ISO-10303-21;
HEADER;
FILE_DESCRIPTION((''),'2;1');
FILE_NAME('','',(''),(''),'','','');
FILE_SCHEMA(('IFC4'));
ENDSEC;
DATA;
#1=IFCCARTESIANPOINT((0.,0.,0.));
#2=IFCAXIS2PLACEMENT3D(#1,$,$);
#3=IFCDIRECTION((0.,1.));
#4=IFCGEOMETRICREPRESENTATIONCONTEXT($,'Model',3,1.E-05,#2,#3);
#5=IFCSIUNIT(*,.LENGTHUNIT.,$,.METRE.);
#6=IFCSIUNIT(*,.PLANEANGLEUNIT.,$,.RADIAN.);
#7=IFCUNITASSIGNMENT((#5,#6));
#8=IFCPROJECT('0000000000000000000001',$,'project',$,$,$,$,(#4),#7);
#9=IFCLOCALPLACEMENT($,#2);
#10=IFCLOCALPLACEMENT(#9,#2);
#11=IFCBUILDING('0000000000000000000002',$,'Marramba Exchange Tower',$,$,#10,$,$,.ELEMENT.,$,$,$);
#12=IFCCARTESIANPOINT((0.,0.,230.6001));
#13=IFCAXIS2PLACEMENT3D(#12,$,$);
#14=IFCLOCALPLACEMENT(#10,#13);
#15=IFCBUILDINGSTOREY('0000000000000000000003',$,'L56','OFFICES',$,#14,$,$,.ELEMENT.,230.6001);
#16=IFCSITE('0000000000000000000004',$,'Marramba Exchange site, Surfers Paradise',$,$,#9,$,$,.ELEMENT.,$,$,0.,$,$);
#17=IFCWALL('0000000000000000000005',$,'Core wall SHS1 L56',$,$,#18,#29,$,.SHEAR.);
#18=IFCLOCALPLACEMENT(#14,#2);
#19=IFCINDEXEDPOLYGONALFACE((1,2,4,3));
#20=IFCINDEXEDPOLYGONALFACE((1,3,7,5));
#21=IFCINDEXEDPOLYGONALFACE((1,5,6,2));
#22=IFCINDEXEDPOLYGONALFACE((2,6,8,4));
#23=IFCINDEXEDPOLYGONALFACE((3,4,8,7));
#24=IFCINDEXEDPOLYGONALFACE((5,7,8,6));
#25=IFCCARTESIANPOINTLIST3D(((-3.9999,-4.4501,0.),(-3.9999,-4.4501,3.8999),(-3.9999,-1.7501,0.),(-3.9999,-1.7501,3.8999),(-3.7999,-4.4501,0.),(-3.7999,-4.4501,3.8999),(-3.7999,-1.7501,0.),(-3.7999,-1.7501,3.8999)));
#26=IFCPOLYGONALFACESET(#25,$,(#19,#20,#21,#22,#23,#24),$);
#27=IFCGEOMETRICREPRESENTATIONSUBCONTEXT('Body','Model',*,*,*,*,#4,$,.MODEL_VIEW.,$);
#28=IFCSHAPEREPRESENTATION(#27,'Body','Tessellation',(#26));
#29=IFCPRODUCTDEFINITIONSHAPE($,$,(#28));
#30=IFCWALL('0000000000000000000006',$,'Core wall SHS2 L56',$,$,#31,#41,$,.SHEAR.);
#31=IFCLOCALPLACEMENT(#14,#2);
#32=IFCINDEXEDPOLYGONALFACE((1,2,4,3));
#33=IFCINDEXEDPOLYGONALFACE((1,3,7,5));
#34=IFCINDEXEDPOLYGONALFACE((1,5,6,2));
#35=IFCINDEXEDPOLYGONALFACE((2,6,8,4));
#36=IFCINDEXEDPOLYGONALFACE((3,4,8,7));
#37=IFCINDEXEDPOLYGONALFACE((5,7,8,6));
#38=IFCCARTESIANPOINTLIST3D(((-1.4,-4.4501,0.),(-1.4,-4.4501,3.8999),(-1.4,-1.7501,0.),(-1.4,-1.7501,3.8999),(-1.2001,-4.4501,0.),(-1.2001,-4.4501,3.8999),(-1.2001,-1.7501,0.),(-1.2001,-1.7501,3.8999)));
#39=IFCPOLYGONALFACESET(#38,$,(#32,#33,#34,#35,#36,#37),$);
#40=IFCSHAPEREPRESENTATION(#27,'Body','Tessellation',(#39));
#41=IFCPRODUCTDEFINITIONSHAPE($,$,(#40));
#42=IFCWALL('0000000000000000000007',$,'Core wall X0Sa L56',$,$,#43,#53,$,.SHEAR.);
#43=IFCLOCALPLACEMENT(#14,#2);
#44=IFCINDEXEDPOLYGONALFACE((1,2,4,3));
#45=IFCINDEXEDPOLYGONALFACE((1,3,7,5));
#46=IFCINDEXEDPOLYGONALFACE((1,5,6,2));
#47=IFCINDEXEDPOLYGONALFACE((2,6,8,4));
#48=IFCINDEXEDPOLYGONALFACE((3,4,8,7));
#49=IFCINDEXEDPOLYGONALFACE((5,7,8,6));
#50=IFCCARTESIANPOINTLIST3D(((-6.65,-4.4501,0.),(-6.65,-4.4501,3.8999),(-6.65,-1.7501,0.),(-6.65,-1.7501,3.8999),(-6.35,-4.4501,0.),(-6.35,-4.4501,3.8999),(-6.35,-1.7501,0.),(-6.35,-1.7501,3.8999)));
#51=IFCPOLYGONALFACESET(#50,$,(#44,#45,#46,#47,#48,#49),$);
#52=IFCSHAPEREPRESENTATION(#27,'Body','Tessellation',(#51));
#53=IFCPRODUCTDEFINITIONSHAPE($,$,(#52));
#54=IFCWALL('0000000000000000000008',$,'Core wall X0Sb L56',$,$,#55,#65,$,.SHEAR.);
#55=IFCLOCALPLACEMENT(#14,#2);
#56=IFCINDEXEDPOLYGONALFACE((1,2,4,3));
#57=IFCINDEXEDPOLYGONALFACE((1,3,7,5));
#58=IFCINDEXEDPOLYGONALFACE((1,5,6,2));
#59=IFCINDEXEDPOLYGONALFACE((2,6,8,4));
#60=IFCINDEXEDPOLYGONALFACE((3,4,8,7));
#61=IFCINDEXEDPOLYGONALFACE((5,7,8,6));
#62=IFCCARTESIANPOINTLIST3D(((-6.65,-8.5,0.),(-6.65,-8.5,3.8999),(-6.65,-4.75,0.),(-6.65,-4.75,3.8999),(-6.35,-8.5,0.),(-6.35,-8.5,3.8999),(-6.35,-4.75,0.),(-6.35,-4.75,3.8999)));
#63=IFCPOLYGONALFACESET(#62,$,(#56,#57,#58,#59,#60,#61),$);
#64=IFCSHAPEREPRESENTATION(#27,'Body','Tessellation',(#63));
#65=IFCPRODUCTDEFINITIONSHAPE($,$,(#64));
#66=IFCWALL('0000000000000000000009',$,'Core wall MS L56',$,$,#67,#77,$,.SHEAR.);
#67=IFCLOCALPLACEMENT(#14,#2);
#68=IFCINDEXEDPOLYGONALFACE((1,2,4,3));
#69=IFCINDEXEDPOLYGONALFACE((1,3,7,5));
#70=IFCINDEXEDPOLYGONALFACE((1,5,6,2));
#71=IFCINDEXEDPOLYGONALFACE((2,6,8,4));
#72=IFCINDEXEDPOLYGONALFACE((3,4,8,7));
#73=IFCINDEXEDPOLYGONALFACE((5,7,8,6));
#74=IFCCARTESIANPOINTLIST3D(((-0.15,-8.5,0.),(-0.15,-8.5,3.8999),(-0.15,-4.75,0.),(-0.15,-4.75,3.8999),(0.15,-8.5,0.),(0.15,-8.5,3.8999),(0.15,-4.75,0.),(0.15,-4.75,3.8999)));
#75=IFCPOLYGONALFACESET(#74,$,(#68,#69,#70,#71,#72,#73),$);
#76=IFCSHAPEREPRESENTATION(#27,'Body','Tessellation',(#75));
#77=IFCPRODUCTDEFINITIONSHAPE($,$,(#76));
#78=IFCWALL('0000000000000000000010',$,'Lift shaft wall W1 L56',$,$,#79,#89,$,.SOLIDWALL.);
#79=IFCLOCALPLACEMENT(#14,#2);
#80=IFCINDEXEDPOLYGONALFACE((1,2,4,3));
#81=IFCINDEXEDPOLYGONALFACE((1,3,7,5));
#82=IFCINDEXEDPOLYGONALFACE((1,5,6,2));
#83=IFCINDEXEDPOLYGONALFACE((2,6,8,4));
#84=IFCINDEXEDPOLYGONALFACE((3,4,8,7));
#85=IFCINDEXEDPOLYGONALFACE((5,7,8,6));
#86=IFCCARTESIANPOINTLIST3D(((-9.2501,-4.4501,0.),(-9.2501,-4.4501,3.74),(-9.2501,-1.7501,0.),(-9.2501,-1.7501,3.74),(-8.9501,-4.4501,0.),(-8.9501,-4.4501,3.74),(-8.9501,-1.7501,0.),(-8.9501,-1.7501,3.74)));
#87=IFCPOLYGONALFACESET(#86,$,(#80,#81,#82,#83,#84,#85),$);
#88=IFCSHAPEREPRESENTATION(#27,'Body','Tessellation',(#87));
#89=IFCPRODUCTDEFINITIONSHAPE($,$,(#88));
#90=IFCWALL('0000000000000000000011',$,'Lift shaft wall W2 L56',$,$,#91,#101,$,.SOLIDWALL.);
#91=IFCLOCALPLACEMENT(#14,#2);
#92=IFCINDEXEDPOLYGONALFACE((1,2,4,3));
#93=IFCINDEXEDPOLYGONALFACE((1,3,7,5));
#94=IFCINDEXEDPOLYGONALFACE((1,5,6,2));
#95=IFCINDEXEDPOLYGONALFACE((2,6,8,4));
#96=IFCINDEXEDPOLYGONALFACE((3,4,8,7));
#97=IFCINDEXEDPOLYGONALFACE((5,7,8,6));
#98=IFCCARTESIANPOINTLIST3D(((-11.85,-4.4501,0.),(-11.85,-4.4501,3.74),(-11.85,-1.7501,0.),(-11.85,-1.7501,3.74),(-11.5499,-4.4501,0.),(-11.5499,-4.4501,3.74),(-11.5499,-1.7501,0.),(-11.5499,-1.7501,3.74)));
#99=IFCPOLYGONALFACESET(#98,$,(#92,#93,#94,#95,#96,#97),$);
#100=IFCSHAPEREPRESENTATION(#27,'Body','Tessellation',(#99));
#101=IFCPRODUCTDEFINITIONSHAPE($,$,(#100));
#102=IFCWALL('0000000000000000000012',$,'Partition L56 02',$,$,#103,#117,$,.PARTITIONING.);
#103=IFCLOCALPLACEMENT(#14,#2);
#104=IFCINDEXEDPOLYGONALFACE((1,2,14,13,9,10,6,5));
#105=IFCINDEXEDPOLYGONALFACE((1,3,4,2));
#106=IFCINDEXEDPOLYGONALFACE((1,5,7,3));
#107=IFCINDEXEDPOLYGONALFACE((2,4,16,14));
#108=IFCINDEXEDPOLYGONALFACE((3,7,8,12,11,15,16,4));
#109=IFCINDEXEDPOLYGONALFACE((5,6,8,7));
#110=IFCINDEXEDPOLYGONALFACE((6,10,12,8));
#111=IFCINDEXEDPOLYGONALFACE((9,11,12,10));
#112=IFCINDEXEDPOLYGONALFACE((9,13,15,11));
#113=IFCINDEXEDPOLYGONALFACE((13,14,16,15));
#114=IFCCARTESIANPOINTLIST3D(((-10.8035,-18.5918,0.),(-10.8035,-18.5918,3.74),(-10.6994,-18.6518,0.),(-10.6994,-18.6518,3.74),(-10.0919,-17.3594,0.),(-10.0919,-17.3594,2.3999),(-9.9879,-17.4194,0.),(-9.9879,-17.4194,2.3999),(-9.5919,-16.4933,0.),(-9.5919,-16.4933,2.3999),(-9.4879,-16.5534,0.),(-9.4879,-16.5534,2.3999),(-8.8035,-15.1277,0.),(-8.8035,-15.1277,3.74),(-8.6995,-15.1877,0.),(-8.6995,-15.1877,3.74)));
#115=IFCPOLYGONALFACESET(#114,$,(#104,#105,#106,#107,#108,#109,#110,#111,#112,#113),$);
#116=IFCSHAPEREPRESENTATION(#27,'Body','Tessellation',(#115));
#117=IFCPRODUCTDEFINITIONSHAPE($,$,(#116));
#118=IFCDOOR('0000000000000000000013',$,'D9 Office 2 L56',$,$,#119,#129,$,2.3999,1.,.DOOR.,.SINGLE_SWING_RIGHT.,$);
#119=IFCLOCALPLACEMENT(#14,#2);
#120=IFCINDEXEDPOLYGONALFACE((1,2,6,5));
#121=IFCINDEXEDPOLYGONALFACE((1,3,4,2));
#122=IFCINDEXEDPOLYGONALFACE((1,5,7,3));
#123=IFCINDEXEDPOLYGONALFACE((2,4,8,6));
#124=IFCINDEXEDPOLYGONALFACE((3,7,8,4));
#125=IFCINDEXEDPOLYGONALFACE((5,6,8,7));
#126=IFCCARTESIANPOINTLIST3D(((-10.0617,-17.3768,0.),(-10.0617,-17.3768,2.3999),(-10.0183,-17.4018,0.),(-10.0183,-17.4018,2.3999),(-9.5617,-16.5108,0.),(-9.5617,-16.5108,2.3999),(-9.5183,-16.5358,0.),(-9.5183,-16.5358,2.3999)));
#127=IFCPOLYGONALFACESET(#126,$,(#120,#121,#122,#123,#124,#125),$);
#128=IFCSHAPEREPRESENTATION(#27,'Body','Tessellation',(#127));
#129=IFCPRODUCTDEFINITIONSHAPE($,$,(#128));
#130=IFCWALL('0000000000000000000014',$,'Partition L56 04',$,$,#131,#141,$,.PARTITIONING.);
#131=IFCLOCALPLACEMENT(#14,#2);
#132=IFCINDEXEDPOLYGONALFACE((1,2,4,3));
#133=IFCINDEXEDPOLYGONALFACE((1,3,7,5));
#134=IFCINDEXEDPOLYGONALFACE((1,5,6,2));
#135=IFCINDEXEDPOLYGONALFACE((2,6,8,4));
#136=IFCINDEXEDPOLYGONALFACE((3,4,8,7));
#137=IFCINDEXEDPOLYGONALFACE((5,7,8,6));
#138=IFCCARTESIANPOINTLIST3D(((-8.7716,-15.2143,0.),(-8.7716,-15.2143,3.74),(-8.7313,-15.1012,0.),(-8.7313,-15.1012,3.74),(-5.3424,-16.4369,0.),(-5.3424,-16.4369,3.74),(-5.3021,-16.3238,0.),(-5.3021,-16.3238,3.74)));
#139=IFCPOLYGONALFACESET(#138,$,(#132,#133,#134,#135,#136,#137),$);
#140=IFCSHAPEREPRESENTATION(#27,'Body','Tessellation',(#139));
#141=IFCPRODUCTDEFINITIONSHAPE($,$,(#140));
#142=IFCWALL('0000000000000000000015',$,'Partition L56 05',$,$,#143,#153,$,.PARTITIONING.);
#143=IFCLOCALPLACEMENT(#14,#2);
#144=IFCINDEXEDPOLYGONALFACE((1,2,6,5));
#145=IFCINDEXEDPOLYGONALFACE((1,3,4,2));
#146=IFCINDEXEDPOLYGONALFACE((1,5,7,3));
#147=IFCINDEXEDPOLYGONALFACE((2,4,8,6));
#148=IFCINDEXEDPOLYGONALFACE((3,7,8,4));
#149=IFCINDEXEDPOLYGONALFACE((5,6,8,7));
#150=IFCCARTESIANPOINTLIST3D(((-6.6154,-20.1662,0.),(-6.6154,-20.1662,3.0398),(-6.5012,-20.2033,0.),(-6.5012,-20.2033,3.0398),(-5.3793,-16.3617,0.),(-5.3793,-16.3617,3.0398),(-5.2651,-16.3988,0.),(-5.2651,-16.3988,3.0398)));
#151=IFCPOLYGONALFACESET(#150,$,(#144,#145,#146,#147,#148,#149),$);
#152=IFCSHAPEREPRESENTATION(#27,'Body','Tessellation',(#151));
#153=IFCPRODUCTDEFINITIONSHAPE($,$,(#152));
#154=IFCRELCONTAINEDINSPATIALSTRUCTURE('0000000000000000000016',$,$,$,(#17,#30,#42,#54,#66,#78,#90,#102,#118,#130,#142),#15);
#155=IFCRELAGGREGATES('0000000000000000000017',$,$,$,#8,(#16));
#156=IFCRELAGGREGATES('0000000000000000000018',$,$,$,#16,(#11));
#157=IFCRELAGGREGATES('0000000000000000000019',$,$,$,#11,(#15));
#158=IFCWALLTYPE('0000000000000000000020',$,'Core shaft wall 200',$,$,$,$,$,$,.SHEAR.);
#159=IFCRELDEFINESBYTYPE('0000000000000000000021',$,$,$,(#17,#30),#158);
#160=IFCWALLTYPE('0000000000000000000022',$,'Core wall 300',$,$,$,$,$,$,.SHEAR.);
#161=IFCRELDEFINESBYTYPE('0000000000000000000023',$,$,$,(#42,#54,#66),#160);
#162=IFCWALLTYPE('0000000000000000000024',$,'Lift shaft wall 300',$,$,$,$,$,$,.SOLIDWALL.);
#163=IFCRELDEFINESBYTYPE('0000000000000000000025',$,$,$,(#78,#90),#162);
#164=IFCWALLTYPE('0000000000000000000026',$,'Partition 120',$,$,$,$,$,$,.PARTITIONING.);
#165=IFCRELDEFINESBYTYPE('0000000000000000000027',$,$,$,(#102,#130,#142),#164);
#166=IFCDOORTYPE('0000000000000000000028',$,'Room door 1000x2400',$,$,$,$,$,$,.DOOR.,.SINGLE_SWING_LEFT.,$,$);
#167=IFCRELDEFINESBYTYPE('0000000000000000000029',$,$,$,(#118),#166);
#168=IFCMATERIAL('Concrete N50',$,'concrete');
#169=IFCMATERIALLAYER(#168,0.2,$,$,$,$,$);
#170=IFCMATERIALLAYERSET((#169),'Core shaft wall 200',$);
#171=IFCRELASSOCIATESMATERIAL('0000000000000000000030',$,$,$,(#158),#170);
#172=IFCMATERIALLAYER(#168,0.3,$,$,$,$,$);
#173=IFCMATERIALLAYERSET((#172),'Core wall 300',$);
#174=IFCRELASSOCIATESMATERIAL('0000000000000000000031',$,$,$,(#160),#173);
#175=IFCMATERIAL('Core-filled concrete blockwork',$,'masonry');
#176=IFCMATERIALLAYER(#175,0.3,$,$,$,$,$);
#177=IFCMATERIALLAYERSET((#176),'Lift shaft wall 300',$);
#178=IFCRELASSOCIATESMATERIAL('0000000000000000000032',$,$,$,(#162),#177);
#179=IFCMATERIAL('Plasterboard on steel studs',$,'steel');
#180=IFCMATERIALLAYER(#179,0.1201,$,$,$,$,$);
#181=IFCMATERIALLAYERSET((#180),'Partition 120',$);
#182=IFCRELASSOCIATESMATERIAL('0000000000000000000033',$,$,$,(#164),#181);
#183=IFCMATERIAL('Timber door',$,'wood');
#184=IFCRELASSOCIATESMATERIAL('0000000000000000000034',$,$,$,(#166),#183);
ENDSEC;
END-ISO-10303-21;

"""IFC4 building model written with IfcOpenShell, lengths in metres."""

from ifc_helpers import new_model, si_unit, direction, frame, frame_2d, origin, place, context, subcontext, project, spatial, rectangle, extrude, material, layer, layer_set, type_object, element, fill, save


model = new_model("IFC4")

# Units and contexts
model_context = context("Model", 3, precision=1e-05, world=origin(), true_north=direction((0.0, 1.0)))
body_context = subcontext(model_context, "Body", "Model", "MODEL_VIEW")
ifc_project = project(units=[si_unit("LENGTHUNIT", "METRE"), si_unit("PLANEANGLEUNIT", "RADIAN")], contexts=[model_context])

# Site, building, storey
site_placement = place(None, origin())
site = spatial("IfcSite", under=ifc_project, at=site_placement, Name="Marramba Exchange site, Surfers Paradise", CompositionType="ELEMENT", RefElevation=0.0)
building_placement = place(site_placement, origin())
building = spatial("IfcBuilding", under=site, at=building_placement, Name="Marramba Exchange Tower", CompositionType="ELEMENT")
storey_placement = place(building_placement, frame((0.0, 0.0, 230.6001)))
storey = spatial("IfcBuildingStorey", under=building, at=storey_placement, Name="L56", Description="OFFICES", CompositionType="ELEMENT", Elevation=230.6001)

# Shared definitions
ifc_material_1 = material(Name="Concrete N50", Category="concrete")

# Shared definitions
ifc_material_2 = material(Name="Timber door", Category="wood")

# Walls
ifc_layer_1 = layer(ifc_material_1, 0.2)
ifc_layer_set_1 = layer_set([ifc_layer_1], Name="Core shaft wall 200")
wall_type_1 = type_object("IfcWallType", Name="Core shaft wall 200", PredefinedType="SHEAR", material=ifc_layer_set_1)
for number, where, z_axis, x_axis, name in (
    (1, (-3.8999, -1.75, 0.0), (0.0, 0.0, 1.0), (0.0, -1.0, 0.0), "Core wall SHS1 L56"),
    (2, (-1.3, -1.75, 0.0), (0.0, 0.0, 1.0), (0.0, -1.0, 0.0), "Core wall SHS2 L56"),
):
    element("IfcWall", number, at=place(storey_placement, frame(where, z_axis=z_axis, x_axis=x_axis)), inside=storey, type_object=wall_type_1, Name=name, PredefinedType="SHEAR", context=body_context, shape_type="SweptSolid", body=[
        extrude(rectangle(XDim=2.7, YDim=0.2, at=frame_2d((1.3501, 0.0))), origin(), (0.0, 0.0, 1.0), 3.8999),
    ])
ifc_layer_2 = layer(ifc_material_1, 0.3)
ifc_layer_set_2 = layer_set([ifc_layer_2], Name="Core wall 300")
wall_type_2 = type_object("IfcWallType", Name="Core wall 300", PredefinedType="SHEAR", material=ifc_layer_set_2)
wall_1_placement = place(storey_placement, frame((-6.5, -1.75, 0.0), z_axis=(0.0, 0.0, 1.0), x_axis=(0.0, -1.0, 0.0)))
element("IfcWall", 3, at=wall_1_placement, inside=storey, type_object=wall_type_2, Name="Core wall X0Sa L56", PredefinedType="SHEAR", context=body_context, shape_type="SweptSolid", body=[
    extrude(rectangle(XDim=2.7, YDim=0.3, at=frame_2d((1.3501, 0.0))), origin(), (0.0, 0.0, 1.0), 3.8999),
])
for number, where, z_axis, x_axis, name in (
    (4, (-6.5, -4.75, 0.0), (0.0, 0.0, 1.0), (0.0, -1.0, 0.0), "Core wall X0Sb L56"),
    (5, (0.0, -4.75, 0.0), (0.0, 0.0, 1.0), (0.0, -1.0, 0.0), "Core wall MS L56"),
):
    element("IfcWall", number, at=place(storey_placement, frame(where, z_axis=z_axis, x_axis=x_axis)), inside=storey, type_object=wall_type_2, Name=name, PredefinedType="SHEAR", context=body_context, shape_type="SweptSolid", body=[
        extrude(rectangle(XDim=3.75, YDim=0.3, at=frame_2d((1.875, 0.0))), origin(), (0.0, 0.0, 1.0), 3.8999),
    ])
ifc_material_3 = material(Name="Core-filled concrete blockwork", Category="masonry")
ifc_layer_3 = layer(ifc_material_3, 0.3)
ifc_layer_set_3 = layer_set([ifc_layer_3], Name="Lift shaft wall 300")
wall_type_3 = type_object("IfcWallType", Name="Lift shaft wall 300", PredefinedType="SOLIDWALL", material=ifc_layer_set_3)
for number, where, z_axis, x_axis, name in (
    (6, (-9.1001, -1.75, 0.0), (0.0, 0.0, 1.0), (0.0, -1.0, 0.0), "Lift shaft wall W1 L56"),
    (7, (-11.7, -1.75, 0.0), (0.0, 0.0, 1.0), (0.0, -1.0, 0.0), "Lift shaft wall W2 L56"),
):
    element("IfcWall", number, at=place(storey_placement, frame(where, z_axis=z_axis, x_axis=x_axis)), inside=storey, type_object=wall_type_3, Name=name, PredefinedType="SOLIDWALL", context=body_context, shape_type="SweptSolid", body=[
        extrude(rectangle(XDim=2.7, YDim=0.3, at=frame_2d((1.3501, 0.0))), origin(), (0.0, 0.0, 1.0), 3.74),
    ])

# Wall, opening, door
ifc_material_4 = material(Name="Plasterboard on steel studs", Category="steel")
ifc_layer_4 = layer(ifc_material_4, 0.1201)
ifc_layer_set_4 = layer_set([ifc_layer_4], Name="Partition 120")
wall_type_4 = type_object("IfcWallType", Name="Partition 120", PredefinedType="PARTITIONING", material=ifc_layer_set_4)
wall_2_placement = place(storey_placement, frame((-8.7515, -15.1577, 0.0), z_axis=(0.0, 0.0, 1.0), x_axis=(-0.499999, -0.866026, 0.0)))
wall_2 = element("IfcWall", 8, at=wall_2_placement, inside=storey, type_object=wall_type_4, Name="Partition L56 02", PredefinedType="PARTITIONING", context=body_context, shape_type="SweptSolid", body=[
    extrude(rectangle(XDim=4.0, YDim=0.1201, at=frame_2d((2.0, 0.0))), origin(), (0.0, 0.0, 1.0), 3.74),
])
opening_1_placement = place(wall_2_placement, frame((1.5769, 0.0, 0.0)))
opening_1 = element("IfcOpeningElement", 9, at=opening_1_placement, cuts=wall_2, PredefinedType="OPENING", context=body_context, shape_type="SweptSolid", body=[
    extrude(rectangle(XDim=1.0, YDim=2.3999, at=frame_2d((0.5, 1.2))), frame((0.0, 0.0701, 0.0), z_axis=(0.0, -1.0, 0.0), x_axis=(1.0, 0.0, 0.0)), (0.0, 0.0, 1.0), 0.1401),
])
door_type_1 = type_object("IfcDoorType", Name="Room door 1000x2400", OperationType="SINGLE_SWING_LEFT", PredefinedType="DOOR", material=ifc_material_2)
door_1_placement = place(opening_1_placement, origin())
door_1 = element("IfcDoor", 10, at=door_1_placement, inside=storey, type_object=door_type_1, Name="D9 Office 2 L56", OperationType="SINGLE_SWING_RIGHT", OverallHeight=2.3999, OverallWidth=1.0, PredefinedType="DOOR", context=body_context, shape_type="SweptSolid", body=[
    extrude(rectangle(XDim=1.0, YDim=2.3999, at=frame_2d((0.5, 1.2))), frame((0.0, 0.0249, 0.0), z_axis=(0.0, -1.0, 0.0), x_axis=(1.0, 0.0, 0.0)), (0.0, 0.0, 1.0), 0.05),
])
fill(opening_1, door_1)

# Walls
wall_3_placement = place(storey_placement, frame((-5.3223, -16.3804, 0.0), z_axis=(0.0, 0.0, 1.0), x_axis=(-0.941921, 0.335835, 0.0)))
element("IfcWall", 11, at=wall_3_placement, inside=storey, type_object=wall_type_4, Name="Partition L56 04", PredefinedType="PARTITIONING", context=body_context, shape_type="SweptSolid", body=[
    extrude(rectangle(XDim=3.6406, YDim=0.1201, at=frame_2d((1.8203, 0.0))), origin(), (0.0, 0.0, 1.0), 3.74),
])
wall_4_placement = place(storey_placement, frame((-5.3223, -16.3804, 0.0), z_axis=(0.0, 0.0, 1.0), x_axis=(-0.309005, -0.951061, 0.0)))
element("IfcWall", 12, at=wall_4_placement, inside=storey, type_object=wall_type_4, Name="Partition L56 05", PredefinedType="PARTITIONING", context=body_context, shape_type="SweptSolid", body=[
    extrude(rectangle(XDim=4.0002, YDim=0.1201, at=frame_2d((2.0, 0.0))), origin(), (0.0, 0.0, 1.0), 3.0398),
])

save(model, "model.ifc")
